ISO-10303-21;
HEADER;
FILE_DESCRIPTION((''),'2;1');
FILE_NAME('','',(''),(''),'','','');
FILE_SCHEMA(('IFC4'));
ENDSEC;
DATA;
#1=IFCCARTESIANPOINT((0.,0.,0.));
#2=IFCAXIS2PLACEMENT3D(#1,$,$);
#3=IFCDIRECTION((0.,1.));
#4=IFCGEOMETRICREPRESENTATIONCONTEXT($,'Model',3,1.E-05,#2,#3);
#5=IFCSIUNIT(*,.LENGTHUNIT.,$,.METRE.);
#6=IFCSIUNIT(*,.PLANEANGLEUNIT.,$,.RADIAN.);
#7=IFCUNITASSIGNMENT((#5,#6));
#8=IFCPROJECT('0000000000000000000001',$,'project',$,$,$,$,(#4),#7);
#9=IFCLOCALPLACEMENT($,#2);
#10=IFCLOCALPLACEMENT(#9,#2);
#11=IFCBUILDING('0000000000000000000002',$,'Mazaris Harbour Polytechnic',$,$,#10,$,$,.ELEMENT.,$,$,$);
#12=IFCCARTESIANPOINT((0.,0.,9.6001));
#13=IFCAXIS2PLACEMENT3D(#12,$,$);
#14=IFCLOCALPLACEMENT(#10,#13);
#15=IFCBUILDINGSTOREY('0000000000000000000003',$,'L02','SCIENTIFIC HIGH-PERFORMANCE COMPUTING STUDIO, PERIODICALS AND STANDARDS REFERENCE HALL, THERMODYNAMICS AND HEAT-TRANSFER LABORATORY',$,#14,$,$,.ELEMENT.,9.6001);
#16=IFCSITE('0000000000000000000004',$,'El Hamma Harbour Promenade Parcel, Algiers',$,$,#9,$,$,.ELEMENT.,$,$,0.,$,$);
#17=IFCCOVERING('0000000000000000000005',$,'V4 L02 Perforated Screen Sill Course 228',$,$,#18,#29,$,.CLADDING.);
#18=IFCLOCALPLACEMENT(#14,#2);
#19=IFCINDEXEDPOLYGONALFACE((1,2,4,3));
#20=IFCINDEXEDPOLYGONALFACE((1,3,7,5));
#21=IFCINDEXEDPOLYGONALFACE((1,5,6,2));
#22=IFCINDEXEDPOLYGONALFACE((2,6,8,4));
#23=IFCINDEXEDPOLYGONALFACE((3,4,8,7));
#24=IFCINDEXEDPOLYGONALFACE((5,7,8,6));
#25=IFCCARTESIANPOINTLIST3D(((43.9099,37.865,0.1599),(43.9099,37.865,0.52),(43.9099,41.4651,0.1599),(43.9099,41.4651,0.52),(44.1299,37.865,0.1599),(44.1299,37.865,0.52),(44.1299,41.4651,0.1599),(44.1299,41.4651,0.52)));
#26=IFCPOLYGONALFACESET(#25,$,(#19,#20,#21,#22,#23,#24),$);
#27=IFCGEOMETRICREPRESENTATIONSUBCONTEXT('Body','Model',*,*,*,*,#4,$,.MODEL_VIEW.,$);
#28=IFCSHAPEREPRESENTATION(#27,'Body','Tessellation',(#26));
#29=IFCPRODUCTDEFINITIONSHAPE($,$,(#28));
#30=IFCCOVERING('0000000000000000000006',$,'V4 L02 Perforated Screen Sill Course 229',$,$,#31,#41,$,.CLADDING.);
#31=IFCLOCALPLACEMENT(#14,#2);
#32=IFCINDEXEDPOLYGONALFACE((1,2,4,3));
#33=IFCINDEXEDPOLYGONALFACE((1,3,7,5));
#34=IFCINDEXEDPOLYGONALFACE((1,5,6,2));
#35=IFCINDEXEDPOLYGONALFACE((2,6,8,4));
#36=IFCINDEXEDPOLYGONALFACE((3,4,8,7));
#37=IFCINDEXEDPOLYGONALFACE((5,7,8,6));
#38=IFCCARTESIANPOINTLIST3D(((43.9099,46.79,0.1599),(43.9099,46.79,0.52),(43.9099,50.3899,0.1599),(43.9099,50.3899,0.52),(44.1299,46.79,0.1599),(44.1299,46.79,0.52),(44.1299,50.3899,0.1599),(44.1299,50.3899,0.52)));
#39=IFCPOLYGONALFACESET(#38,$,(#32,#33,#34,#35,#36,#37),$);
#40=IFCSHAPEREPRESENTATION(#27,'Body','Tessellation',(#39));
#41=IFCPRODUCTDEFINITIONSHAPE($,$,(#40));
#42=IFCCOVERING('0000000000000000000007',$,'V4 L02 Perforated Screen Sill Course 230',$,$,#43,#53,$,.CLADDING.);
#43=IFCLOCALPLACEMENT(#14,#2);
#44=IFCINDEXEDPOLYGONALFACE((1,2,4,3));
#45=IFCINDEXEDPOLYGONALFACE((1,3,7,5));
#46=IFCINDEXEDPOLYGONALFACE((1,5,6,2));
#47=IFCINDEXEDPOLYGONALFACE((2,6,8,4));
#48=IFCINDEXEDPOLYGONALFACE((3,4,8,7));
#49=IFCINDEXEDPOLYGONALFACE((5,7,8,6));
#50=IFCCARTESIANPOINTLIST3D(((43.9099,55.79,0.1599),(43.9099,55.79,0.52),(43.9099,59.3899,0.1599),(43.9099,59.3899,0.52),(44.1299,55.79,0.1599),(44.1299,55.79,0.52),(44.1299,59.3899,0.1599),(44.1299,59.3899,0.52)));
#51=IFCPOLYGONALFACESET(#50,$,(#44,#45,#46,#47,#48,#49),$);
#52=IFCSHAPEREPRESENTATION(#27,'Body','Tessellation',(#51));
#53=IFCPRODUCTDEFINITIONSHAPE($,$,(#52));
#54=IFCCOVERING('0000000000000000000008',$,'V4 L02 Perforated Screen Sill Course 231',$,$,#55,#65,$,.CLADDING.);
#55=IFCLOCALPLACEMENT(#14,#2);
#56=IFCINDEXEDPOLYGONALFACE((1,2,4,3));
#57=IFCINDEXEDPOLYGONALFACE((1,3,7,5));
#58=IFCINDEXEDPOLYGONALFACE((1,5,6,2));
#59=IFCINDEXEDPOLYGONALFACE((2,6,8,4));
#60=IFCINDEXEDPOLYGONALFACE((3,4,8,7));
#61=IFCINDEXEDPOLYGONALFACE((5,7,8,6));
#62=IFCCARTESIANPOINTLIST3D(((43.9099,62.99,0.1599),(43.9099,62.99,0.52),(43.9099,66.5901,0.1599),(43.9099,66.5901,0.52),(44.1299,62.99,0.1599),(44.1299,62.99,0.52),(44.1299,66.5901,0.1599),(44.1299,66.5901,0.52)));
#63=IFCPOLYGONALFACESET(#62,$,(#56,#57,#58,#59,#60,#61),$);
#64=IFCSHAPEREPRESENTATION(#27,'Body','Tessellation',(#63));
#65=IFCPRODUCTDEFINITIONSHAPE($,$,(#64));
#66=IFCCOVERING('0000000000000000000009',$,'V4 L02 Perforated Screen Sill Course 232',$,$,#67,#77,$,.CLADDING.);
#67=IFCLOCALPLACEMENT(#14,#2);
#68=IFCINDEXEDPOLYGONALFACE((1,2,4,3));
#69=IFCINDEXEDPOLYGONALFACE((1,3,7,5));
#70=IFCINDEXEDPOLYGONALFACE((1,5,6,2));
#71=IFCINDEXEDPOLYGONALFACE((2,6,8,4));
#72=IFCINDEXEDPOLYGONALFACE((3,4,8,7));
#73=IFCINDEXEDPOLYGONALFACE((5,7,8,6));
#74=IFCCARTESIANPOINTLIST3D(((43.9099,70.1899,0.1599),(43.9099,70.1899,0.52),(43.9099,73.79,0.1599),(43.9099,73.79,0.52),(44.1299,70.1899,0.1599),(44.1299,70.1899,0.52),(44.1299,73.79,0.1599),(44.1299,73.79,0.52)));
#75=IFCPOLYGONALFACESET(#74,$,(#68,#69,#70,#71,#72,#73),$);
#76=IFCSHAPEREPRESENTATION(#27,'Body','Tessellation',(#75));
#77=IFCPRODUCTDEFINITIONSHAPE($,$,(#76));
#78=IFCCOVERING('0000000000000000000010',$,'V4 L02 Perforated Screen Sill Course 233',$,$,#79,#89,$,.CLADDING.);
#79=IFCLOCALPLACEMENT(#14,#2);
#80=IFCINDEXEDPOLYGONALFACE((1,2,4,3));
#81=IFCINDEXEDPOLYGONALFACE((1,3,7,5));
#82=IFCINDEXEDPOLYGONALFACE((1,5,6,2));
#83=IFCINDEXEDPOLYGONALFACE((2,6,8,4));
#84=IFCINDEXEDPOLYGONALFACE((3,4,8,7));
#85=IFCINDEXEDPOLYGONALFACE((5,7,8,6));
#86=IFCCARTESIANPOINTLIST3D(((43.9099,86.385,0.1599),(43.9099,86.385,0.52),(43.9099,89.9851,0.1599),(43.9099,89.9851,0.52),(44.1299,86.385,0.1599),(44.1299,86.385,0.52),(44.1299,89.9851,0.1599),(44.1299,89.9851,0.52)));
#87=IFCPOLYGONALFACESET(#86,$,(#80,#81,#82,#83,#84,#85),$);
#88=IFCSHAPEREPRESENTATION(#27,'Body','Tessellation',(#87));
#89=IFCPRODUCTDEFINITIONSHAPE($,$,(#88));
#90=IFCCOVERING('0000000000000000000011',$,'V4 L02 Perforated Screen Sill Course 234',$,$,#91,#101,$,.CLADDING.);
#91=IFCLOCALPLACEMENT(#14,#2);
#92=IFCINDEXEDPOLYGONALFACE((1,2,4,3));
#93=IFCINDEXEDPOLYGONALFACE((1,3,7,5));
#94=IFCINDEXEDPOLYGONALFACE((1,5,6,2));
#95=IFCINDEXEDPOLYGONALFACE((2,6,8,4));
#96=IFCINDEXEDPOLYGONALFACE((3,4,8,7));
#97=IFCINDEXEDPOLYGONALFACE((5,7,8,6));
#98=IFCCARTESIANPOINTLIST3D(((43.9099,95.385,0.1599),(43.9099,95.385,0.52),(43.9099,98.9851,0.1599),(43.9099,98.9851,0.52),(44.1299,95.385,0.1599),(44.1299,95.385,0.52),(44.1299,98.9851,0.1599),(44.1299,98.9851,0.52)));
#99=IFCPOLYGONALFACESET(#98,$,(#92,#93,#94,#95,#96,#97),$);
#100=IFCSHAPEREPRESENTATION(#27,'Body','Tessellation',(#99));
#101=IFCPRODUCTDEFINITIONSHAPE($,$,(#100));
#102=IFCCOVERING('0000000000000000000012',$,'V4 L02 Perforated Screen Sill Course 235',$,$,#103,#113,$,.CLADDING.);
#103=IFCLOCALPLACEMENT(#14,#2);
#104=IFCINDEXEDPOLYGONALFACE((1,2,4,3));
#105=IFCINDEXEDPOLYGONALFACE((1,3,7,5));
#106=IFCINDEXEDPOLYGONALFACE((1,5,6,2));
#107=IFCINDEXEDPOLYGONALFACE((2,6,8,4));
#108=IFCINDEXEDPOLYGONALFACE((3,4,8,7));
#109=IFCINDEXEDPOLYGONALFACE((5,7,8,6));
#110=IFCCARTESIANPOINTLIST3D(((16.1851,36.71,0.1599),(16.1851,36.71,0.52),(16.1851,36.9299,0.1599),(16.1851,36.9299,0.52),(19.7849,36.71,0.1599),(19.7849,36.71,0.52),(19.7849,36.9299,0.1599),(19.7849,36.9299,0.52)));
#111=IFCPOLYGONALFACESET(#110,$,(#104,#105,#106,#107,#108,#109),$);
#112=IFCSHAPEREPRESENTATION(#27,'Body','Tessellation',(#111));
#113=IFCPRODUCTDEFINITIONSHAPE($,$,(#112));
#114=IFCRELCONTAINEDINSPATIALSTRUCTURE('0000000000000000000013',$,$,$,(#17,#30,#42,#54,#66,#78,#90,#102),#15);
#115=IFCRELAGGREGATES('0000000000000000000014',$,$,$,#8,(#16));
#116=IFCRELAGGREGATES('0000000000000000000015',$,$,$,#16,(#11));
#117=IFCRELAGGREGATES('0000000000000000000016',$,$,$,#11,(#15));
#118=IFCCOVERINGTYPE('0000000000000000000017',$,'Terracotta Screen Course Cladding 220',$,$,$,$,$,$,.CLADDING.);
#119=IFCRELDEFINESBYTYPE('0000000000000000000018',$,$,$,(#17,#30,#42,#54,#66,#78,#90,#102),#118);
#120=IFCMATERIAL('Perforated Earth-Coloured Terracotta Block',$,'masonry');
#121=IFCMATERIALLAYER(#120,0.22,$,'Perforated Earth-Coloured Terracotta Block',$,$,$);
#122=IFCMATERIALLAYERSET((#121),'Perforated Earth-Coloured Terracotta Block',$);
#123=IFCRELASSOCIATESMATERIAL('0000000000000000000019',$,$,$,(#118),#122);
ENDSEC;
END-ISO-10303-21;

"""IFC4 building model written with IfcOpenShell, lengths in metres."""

from ifc_helpers import new_model, si_unit, direction, frame, origin, place, context, subcontext, project, spatial, polyline, outline, extrude, material, layer, layer_set, type_object, element, save


model = new_model("IFC4")

# Units and contexts
model_context = context("Model", 3, precision=1e-05, world=origin(), true_north=direction((0.0, 1.0)))
body_context = subcontext(model_context, "Body", "Model", "MODEL_VIEW")
ifc_project = project(units=[si_unit("LENGTHUNIT", "METRE"), si_unit("PLANEANGLEUNIT", "RADIAN")], contexts=[model_context])

# Site, building, storey
site_placement = place(None, origin())
site = spatial("IfcSite", under=ifc_project, at=site_placement, Name="El Hamma Harbour Promenade Parcel, Algiers", CompositionType="ELEMENT", RefElevation=0.0)
building_placement = place(site_placement, origin())
building = spatial("IfcBuilding", under=site, at=building_placement, Name="Mazaris Harbour Polytechnic", CompositionType="ELEMENT")
storey_placement = place(building_placement, frame((0.0, 0.0, 9.6001)))
storey = spatial("IfcBuildingStorey", under=building, at=storey_placement, Name="L02", Description="SCIENTIFIC HIGH-PERFORMANCE COMPUTING STUDIO, PERIODICALS AND STANDARDS REFERENCE HALL, THERMODYNAMICS AND HEAT-TRANSFER LABORATORY", CompositionType="ELEMENT", Elevation=9.6001)

# Coverings
ifc_material = material(Name="Perforated Earth-Coloured Terracotta Block", Category="masonry")
ifc_layer = layer(ifc_material, 0.22, Name="Perforated Earth-Coloured Terracotta Block")
ifc_layer_set = layer_set([ifc_layer], Name="Perforated Earth-Coloured Terracotta Block")
covering_type = type_object("IfcCoveringType", Name="Terracotta Screen Course Cladding 220", PredefinedType="CLADDING", material=ifc_layer_set)
covering_1_placement = place(storey_placement, frame((0.0, 0.0, 0.1599)))
element("IfcCovering", 1, at=covering_1_placement, inside=storey, type_object=covering_type, Name="V4 L02 Perforated Screen Sill Course 228", PredefinedType="CLADDING", context=body_context, shape_type="SweptSolid", body=[
    extrude(outline(polyline([(43.9099, 41.4651), (43.9099, 37.865), (44.1299, 37.865), (44.1299, 41.4651), (43.9099, 41.4651)])), origin(), (0.0, 0.0, 1.0), 0.3601),
])
covering_2_placement = place(storey_placement, frame((0.0, 0.0, 0.1599)))
element("IfcCovering", 2, at=covering_2_placement, inside=storey, type_object=covering_type, Name="V4 L02 Perforated Screen Sill Course 229", PredefinedType="CLADDING", context=body_context, shape_type="SweptSolid", body=[
    extrude(outline(polyline([(43.9099, 50.3899), (43.9099, 46.79), (44.1299, 46.79), (44.1299, 50.3899), (43.9099, 50.3899)])), origin(), (0.0, 0.0, 1.0), 0.3601),
])
covering_3_placement = place(storey_placement, frame((0.0, 0.0, 0.1599)))
element("IfcCovering", 3, at=covering_3_placement, inside=storey, type_object=covering_type, Name="V4 L02 Perforated Screen Sill Course 230", PredefinedType="CLADDING", context=body_context, shape_type="SweptSolid", body=[
    extrude(outline(polyline([(43.9099, 59.3899), (43.9099, 55.79), (44.1299, 55.79), (44.1299, 59.3899), (43.9099, 59.3899)])), origin(), (0.0, 0.0, 1.0), 0.3601),
])
covering_4_placement = place(storey_placement, frame((0.0, 0.0, 0.1599)))
element("IfcCovering", 4, at=covering_4_placement, inside=storey, type_object=covering_type, Name="V4 L02 Perforated Screen Sill Course 231", PredefinedType="CLADDING", context=body_context, shape_type="SweptSolid", body=[
    extrude(outline(polyline([(43.9099, 66.5901), (43.9099, 62.99), (44.1299, 62.99), (44.1299, 66.5901), (43.9099, 66.5901)])), origin(), (0.0, 0.0, 1.0), 0.3601),
])
covering_5_placement = place(storey_placement, frame((0.0, 0.0, 0.1599)))
element("IfcCovering", 5, at=covering_5_placement, inside=storey, type_object=covering_type, Name="V4 L02 Perforated Screen Sill Course 232", PredefinedType="CLADDING", context=body_context, shape_type="SweptSolid", body=[
    extrude(outline(polyline([(43.9099, 73.79), (43.9099, 70.1899), (44.1299, 70.1899), (44.1299, 73.79), (43.9099, 73.79)])), origin(), (0.0, 0.0, 1.0), 0.3601),
])
covering_6_placement = place(storey_placement, frame((0.0, 0.0, 0.1599)))
element("IfcCovering", 6, at=covering_6_placement, inside=storey, type_object=covering_type, Name="V4 L02 Perforated Screen Sill Course 233", PredefinedType="CLADDING", context=body_context, shape_type="SweptSolid", body=[
    extrude(outline(polyline([(43.9099, 89.9851), (43.9099, 86.385), (44.1299, 86.385), (44.1299, 89.9851), (43.9099, 89.9851)])), origin(), (0.0, 0.0, 1.0), 0.3601),
])
covering_7_placement = place(storey_placement, frame((0.0, 0.0, 0.1599)))
element("IfcCovering", 7, at=covering_7_placement, inside=storey, type_object=covering_type, Name="V4 L02 Perforated Screen Sill Course 234", PredefinedType="CLADDING", context=body_context, shape_type="SweptSolid", body=[
    extrude(outline(polyline([(43.9099, 98.9851), (43.9099, 95.385), (44.1299, 95.385), (44.1299, 98.9851), (43.9099, 98.9851)])), origin(), (0.0, 0.0, 1.0), 0.3601),
])
covering_8_placement = place(storey_placement, frame((0.0, 0.0, 0.1599)))
element("IfcCovering", 8, at=covering_8_placement, inside=storey, type_object=covering_type, Name="V4 L02 Perforated Screen Sill Course 235", PredefinedType="CLADDING", context=body_context, shape_type="SweptSolid", body=[
    extrude(outline(polyline([(16.1851, 36.71), (19.7849, 36.71), (19.7849, 36.9299), (16.1851, 36.9299), (16.1851, 36.71)])), origin(), (0.0, 0.0, 1.0), 0.3601),
])

save(model, "model.ifc")
